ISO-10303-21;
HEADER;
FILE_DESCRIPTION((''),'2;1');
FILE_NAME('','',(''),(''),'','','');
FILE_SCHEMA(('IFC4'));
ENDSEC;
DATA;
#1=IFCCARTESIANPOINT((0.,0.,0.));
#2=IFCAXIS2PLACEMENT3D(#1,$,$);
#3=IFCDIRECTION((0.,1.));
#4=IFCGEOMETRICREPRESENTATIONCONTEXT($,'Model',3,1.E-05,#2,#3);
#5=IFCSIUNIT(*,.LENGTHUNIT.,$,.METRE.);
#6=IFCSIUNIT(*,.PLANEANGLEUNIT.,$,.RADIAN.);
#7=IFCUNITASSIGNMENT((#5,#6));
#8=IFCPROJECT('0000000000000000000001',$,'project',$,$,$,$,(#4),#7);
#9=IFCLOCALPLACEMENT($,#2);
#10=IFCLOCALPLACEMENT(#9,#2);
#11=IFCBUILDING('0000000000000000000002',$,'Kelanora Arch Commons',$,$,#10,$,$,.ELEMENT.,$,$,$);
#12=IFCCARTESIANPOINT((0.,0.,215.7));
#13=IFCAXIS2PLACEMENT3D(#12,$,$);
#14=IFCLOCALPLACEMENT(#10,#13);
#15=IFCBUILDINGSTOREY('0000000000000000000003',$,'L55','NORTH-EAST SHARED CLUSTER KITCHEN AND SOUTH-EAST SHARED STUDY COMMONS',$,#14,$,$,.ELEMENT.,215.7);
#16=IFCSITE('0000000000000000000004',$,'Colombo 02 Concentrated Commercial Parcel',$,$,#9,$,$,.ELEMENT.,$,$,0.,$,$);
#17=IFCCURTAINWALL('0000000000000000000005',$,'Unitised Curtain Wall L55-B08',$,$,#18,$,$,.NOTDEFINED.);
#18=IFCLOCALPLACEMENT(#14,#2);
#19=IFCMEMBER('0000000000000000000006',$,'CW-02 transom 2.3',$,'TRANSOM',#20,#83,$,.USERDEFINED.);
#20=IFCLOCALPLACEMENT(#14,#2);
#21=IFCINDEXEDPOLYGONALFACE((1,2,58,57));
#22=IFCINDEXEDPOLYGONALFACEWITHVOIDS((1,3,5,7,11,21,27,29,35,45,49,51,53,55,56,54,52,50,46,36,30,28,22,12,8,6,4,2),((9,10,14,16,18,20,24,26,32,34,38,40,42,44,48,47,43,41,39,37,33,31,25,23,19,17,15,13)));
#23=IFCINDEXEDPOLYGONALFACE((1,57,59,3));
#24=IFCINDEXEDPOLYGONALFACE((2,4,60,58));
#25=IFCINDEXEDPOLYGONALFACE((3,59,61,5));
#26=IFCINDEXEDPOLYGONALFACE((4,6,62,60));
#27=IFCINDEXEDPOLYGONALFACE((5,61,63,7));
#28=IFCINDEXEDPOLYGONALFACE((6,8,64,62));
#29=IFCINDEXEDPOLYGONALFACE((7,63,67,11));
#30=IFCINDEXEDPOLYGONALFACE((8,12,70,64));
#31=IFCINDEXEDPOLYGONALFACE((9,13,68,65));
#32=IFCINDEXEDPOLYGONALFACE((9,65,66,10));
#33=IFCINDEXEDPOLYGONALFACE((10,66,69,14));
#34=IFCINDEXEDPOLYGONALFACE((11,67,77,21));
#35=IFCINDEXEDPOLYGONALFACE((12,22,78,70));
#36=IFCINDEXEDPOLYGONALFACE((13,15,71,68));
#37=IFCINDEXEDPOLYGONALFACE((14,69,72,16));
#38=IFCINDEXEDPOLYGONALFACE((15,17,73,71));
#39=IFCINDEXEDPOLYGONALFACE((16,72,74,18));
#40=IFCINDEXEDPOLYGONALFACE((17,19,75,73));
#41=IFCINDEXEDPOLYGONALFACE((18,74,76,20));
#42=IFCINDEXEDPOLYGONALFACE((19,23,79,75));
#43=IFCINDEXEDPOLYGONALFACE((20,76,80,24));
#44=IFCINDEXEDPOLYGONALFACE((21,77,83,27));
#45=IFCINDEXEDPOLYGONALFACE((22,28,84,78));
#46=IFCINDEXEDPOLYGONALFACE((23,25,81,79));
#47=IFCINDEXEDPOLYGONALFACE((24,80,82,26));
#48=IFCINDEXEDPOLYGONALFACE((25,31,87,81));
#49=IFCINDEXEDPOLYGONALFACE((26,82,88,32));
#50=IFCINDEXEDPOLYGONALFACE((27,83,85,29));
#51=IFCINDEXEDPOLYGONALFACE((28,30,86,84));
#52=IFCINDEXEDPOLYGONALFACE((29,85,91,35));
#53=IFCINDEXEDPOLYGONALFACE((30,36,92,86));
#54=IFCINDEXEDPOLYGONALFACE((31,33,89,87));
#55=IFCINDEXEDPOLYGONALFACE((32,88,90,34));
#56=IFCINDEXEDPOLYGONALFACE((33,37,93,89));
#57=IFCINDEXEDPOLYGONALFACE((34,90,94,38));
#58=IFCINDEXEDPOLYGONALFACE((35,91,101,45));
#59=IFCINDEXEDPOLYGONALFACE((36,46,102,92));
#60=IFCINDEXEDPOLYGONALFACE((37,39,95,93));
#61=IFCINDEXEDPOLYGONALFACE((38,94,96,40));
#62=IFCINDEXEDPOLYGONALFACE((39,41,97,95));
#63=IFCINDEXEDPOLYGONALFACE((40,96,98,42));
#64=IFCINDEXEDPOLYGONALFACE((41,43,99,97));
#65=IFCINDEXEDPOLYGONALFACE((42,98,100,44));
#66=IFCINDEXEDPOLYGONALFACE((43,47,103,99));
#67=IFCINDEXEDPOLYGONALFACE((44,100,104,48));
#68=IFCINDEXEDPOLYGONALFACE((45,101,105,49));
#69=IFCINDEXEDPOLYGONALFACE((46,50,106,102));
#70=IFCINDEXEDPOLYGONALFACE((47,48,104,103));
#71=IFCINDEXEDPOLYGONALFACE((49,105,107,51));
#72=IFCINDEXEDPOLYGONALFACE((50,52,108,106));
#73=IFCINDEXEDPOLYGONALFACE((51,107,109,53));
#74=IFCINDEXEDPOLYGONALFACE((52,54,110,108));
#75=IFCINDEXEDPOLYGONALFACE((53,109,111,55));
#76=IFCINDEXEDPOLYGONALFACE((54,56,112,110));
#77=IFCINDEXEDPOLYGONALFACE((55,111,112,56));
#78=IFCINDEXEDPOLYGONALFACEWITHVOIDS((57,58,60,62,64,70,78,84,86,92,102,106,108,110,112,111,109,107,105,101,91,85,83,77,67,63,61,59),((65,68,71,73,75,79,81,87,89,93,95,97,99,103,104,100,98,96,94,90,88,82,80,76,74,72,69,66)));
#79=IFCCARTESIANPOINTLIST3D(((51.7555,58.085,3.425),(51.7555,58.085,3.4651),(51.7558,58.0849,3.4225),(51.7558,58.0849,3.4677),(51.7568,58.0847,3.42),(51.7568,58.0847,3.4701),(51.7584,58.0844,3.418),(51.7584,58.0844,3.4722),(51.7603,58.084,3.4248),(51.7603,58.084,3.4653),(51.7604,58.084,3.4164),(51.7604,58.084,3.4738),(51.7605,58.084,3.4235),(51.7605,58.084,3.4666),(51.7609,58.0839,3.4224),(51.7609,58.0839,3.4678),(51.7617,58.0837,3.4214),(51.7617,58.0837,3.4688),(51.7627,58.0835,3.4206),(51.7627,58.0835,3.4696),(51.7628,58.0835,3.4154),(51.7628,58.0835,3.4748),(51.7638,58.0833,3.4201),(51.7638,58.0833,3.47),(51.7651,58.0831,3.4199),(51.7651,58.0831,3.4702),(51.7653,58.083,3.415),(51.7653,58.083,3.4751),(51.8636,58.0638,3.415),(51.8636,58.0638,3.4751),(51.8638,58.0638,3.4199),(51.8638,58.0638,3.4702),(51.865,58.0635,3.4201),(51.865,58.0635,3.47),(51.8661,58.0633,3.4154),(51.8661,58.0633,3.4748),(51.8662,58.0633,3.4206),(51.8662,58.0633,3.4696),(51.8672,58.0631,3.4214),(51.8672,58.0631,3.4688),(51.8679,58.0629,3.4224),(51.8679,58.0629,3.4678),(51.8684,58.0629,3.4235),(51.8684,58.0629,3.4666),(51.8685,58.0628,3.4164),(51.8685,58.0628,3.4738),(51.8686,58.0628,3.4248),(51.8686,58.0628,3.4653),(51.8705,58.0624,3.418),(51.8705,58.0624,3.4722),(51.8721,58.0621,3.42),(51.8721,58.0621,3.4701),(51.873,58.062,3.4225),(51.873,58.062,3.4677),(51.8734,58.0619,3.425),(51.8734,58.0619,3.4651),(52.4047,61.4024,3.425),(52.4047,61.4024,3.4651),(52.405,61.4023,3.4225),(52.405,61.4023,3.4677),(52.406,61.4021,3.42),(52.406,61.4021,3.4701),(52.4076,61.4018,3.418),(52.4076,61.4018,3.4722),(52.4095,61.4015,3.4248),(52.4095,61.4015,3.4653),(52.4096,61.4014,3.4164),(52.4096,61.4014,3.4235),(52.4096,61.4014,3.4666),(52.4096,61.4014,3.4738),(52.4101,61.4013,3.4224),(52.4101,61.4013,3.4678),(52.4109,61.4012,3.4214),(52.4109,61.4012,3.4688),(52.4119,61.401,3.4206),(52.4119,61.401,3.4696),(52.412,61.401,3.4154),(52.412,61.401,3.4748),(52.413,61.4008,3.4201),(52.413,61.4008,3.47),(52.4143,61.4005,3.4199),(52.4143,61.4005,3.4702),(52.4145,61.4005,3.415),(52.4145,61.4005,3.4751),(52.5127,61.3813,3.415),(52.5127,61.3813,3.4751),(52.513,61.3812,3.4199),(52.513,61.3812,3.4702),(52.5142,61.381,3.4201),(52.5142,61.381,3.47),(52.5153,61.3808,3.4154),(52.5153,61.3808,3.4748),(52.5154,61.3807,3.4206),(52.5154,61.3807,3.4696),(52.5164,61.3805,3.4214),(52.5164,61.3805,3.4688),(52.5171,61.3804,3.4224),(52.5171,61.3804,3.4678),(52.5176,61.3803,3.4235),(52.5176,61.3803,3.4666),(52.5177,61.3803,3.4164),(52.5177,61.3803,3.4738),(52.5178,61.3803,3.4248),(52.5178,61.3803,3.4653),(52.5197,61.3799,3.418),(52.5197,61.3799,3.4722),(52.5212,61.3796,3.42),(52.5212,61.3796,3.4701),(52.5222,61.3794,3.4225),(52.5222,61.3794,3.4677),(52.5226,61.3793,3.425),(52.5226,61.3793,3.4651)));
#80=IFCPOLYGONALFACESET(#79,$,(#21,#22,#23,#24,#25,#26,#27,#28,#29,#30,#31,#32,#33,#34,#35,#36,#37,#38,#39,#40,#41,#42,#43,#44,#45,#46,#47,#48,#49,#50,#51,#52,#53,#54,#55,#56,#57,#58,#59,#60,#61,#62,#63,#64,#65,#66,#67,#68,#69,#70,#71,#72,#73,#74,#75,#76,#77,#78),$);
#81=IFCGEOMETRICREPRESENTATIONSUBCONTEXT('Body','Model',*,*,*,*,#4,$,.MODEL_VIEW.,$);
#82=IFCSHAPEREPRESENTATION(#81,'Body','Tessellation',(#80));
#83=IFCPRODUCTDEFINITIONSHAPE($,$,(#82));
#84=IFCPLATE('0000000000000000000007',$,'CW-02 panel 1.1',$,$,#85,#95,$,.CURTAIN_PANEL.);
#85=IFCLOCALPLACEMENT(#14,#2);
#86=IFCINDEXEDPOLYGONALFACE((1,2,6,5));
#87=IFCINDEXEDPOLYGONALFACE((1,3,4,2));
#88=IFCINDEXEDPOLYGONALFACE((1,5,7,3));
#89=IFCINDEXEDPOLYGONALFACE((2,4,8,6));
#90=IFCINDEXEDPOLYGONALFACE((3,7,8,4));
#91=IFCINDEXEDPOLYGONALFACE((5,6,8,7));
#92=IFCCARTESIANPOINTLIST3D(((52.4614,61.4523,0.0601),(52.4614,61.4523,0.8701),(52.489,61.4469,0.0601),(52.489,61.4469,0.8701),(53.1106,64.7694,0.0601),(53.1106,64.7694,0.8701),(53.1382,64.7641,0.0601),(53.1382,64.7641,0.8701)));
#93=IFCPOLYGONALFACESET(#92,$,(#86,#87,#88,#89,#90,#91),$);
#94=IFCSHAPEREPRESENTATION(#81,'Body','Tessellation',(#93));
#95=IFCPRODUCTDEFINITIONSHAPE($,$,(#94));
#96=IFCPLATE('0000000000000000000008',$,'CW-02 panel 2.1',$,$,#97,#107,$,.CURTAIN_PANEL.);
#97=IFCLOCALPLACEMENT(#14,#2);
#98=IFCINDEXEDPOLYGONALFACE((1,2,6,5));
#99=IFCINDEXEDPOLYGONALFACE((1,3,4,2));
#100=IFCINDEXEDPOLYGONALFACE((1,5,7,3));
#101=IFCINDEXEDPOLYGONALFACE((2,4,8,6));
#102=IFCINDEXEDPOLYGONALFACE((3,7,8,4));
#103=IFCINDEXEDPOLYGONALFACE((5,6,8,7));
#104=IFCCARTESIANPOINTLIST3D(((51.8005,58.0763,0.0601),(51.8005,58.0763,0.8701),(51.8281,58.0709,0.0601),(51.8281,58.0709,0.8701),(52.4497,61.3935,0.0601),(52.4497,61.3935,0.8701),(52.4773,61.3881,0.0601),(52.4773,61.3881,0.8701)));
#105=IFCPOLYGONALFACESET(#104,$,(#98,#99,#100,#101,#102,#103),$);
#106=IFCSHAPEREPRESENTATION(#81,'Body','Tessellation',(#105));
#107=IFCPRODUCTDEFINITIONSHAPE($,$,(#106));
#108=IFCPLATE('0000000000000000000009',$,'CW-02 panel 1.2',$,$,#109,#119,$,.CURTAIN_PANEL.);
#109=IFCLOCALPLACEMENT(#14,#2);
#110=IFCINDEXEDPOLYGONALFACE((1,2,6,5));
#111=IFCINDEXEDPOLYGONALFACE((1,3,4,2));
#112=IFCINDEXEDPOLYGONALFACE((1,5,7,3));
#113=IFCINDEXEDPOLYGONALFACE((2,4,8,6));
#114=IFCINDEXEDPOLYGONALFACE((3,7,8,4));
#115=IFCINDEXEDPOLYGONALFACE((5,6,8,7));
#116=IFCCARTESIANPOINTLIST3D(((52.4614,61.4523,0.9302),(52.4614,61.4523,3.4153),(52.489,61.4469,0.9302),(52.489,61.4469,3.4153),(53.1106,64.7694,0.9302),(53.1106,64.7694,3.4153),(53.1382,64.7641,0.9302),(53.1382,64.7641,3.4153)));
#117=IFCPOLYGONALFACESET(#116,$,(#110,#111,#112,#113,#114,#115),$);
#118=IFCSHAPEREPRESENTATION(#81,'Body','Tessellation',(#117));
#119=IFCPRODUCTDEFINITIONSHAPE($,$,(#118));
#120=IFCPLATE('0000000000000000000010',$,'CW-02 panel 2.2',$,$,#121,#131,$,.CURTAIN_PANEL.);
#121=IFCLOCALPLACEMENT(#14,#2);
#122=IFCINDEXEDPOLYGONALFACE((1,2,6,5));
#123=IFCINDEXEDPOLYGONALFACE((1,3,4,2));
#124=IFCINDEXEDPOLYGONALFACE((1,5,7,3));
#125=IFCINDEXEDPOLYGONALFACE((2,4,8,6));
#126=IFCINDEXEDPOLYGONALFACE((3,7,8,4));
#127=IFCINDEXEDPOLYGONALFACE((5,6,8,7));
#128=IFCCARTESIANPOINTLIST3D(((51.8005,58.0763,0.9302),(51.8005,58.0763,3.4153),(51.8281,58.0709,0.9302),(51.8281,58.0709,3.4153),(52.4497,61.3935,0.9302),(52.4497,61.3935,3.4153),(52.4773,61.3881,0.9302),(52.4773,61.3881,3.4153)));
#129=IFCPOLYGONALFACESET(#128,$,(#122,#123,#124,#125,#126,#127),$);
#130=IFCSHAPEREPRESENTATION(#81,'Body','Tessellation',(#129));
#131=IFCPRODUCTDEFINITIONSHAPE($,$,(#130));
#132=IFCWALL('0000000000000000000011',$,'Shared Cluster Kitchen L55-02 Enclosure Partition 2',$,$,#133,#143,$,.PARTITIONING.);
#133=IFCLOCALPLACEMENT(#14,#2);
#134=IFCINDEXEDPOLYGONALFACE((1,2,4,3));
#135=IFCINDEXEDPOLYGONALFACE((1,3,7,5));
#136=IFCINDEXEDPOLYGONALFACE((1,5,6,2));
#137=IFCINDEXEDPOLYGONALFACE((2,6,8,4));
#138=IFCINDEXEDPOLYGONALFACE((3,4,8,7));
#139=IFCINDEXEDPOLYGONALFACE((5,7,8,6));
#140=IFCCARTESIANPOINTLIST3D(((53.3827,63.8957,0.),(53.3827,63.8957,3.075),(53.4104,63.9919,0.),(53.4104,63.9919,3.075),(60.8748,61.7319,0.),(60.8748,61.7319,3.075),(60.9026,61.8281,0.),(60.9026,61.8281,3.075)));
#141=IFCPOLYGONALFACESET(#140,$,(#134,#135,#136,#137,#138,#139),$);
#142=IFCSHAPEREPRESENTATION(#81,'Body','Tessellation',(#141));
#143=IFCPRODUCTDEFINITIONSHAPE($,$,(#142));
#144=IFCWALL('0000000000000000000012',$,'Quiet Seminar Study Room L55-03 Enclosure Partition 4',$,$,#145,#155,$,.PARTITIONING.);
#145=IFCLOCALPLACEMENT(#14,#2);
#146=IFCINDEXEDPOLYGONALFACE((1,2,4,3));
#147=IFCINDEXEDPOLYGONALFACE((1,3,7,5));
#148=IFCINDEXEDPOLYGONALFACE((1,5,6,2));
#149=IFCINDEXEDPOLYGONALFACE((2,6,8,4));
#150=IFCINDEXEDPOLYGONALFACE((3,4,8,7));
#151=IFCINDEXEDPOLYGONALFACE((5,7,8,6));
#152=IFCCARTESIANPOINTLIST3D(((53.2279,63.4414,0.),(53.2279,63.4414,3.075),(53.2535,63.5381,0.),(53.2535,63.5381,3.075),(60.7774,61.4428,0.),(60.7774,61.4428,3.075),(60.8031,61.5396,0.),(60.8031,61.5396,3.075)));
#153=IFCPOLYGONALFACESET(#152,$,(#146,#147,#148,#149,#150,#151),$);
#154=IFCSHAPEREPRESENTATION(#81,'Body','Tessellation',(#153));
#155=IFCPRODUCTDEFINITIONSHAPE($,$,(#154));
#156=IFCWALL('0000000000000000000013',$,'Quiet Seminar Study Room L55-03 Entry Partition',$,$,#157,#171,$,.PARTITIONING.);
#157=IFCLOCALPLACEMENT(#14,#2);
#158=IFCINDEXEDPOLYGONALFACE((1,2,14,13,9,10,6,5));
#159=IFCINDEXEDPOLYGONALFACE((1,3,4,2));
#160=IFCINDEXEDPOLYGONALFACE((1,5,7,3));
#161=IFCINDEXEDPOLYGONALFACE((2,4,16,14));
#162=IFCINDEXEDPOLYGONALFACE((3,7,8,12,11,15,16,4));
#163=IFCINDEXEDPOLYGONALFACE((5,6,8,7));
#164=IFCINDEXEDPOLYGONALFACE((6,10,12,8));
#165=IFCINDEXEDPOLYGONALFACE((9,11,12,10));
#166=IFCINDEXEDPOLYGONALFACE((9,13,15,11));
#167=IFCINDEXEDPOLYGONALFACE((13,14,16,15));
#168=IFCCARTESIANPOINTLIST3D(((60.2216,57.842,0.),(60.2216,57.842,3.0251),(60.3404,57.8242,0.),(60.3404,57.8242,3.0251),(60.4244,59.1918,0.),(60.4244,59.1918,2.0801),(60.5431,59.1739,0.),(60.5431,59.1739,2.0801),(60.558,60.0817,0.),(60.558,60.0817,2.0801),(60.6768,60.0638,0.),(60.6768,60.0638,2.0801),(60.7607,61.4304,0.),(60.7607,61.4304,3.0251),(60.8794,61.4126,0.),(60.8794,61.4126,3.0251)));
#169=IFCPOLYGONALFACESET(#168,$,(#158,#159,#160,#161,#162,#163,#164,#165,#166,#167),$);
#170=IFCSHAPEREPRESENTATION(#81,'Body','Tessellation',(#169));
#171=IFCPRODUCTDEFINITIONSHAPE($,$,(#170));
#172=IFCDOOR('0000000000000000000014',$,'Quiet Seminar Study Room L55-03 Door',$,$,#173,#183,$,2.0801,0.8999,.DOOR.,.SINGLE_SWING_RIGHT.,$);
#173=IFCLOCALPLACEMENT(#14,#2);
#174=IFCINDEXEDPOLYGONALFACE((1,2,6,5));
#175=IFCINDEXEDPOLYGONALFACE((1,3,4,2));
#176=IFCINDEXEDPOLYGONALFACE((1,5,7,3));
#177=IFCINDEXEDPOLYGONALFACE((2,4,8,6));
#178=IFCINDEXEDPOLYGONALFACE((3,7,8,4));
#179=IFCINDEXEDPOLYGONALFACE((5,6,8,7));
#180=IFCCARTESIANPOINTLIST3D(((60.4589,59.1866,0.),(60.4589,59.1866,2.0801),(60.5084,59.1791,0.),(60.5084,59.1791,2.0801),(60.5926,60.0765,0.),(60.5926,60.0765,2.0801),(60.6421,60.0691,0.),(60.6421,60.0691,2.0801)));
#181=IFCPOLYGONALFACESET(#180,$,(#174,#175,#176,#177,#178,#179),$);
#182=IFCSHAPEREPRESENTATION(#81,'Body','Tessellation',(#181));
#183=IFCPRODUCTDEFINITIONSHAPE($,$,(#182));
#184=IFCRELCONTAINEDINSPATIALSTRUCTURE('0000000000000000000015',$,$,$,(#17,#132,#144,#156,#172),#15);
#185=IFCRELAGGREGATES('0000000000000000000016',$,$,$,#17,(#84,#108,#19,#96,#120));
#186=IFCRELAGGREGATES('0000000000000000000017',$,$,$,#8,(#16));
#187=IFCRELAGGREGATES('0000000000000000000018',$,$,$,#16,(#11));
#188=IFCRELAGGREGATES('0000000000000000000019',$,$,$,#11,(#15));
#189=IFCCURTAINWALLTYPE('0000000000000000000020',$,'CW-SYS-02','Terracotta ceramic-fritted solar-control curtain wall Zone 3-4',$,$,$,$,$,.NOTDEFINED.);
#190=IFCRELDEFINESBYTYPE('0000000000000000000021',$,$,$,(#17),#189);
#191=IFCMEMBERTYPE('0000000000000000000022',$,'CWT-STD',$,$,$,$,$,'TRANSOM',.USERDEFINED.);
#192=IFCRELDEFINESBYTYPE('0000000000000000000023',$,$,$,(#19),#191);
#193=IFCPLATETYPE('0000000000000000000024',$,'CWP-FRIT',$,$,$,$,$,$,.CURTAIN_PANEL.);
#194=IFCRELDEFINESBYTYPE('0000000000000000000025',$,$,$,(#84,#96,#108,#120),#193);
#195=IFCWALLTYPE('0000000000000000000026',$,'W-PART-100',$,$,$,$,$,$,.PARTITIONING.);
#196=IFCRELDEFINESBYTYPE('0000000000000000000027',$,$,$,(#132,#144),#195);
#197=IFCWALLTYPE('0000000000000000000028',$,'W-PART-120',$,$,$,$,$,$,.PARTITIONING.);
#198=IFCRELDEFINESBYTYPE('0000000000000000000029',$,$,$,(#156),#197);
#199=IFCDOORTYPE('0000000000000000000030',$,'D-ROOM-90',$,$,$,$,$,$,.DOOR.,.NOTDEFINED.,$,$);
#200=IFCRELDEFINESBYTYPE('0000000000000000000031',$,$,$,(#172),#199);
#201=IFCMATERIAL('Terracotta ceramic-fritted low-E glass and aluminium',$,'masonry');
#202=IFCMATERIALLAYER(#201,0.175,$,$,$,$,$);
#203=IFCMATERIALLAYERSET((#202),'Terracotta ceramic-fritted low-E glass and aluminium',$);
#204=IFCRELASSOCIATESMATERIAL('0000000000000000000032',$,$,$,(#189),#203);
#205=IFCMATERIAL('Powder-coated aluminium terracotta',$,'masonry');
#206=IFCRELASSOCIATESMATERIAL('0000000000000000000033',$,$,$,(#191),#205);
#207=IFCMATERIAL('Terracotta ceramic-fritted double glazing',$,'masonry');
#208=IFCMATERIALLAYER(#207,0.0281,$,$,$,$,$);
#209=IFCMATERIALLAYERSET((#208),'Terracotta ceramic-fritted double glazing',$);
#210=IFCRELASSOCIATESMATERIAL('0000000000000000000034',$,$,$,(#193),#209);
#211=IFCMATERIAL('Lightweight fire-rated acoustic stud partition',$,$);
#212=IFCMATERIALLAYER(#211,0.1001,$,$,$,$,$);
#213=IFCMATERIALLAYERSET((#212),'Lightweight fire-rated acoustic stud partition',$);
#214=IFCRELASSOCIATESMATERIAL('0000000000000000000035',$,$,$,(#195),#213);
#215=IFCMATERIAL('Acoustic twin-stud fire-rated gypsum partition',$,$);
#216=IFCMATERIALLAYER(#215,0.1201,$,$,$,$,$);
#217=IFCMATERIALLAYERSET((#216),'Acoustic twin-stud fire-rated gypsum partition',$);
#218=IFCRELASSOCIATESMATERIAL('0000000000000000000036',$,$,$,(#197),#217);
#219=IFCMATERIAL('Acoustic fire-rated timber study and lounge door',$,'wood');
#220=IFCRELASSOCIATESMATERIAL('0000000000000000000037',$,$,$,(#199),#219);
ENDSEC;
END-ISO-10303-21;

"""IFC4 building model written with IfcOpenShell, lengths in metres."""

from ifc_helpers import new_model, si_unit, direction, frame, frame_2d, origin, origin_2d, place, context, subcontext, project, spatial, rectangle, hollow_rectangle, extrude, source, transform, mapped, material, layer, layer_set, material_profile, profile_set, type_object, element, fill, aggregate, save


model = new_model("IFC4")

# Units and contexts
model_context = context("Model", 3, precision=1e-05, world=origin(), true_north=direction((0.0, 1.0)))
body_context = subcontext(model_context, "Body", "Model", "MODEL_VIEW")
ifc_project = project(units=[si_unit("LENGTHUNIT", "METRE"), si_unit("PLANEANGLEUNIT", "RADIAN")], contexts=[model_context])

# Site, building, storey
site_placement = place(None, origin())
site = spatial("IfcSite", under=ifc_project, at=site_placement, Name="Colombo 02 Concentrated Commercial Parcel", CompositionType="ELEMENT", RefElevation=0.0)
building_placement = place(site_placement, origin())
building = spatial("IfcBuilding", under=site, at=building_placement, Name="Kelanora Arch Commons", CompositionType="ELEMENT")
storey_placement = place(building_placement, frame((0.0, 0.0, 215.7)))
storey = spatial("IfcBuildingStorey", under=building, at=storey_placement, Name="L55", Description="NORTH-EAST SHARED CLUSTER KITCHEN AND SOUTH-EAST SHARED STUDY COMMONS", CompositionType="ELEMENT", Elevation=215.7)

# Curtain wall, member, plates
ifc_material_1 = material(Name="Terracotta ceramic-fritted low-E glass and aluminium", Category="masonry")
ifc_layer_1 = layer(ifc_material_1, 0.175)
ifc_layer_set_1 = layer_set([ifc_layer_1], Name="Terracotta ceramic-fritted low-E glass and aluminium")
curtain_wall_type = type_object("IfcCurtainWallType", Name="CW-SYS-02", Description="Terracotta ceramic-fritted solar-control curtain wall Zone 3-4", PredefinedType="NOTDEFINED", material=ifc_layer_set_1)
curtain_wall_placement = place(storey_placement, origin())
curtain_wall = element("IfcCurtainWall", 1, at=curtain_wall_placement, inside=storey, type_object=curtain_wall_type, Name="Unitised Curtain Wall L55-B08", PredefinedType="NOTDEFINED")
ifc_material_2 = material(Name="Powder-coated aluminium terracotta", Category="masonry")
ifc_material_profile_1 = material_profile(ifc_material_2, hollow_rectangle(XDim=0.1201, YDim=0.0601, WallThickness=0.0049, InnerFilletRadius=0.0049, OuterFilletRadius=0.01, at=origin_2d()), Name="CWT120x60")
ifc_profile_set_1 = profile_set([ifc_material_profile_1], Name="Powder-coated aluminium terracotta")
member_type_1 = type_object("IfcMemberType", Name="CWT-STD", ElementType="TRANSOM", PredefinedType="USERDEFINED", material=ifc_profile_set_1)
member_1_placement = place(storey_placement, frame((52.4636, 61.3909, 3.4451), z_axis=(-0.192045, -0.981386, 0.0), x_axis=(0.981386, -0.192045, 0.0)))
member_1 = element("IfcMember", 2, at=member_1_placement, type_object=member_type_1, Name="CW-02 transom 2.3", ObjectType="TRANSOM", PredefinedType="USERDEFINED", context=body_context, shape_type="SweptSolid", body=[
    extrude(hollow_rectangle(XDim=0.1201, YDim=0.0601, WallThickness=0.0049, InnerFilletRadius=0.0049, OuterFilletRadius=0.01, at=origin_2d()), origin(), (0.0, 0.0, 1.0), 3.3804),
])
ifc_material_3 = material(Name="Terracotta ceramic-fritted double glazing", Category="masonry")
ifc_layer_2 = layer(ifc_material_3, 0.0281)
ifc_layer_set_2 = layer_set([ifc_layer_2], Name="Terracotta ceramic-fritted double glazing")
plate_type = type_object("IfcPlateType", Name="CWP-FRIT", PredefinedType="CURTAIN_PANEL", material=ifc_layer_set_2)
shared_shape_1 = source(origin(), body_context, "Body", "SweptSolid", [
    extrude(rectangle(XDim=3.3801, YDim=0.0281, at=origin_2d()), origin(), (0.0, 0.0, 1.0), 0.8101),
])
plate_1_placement = place(storey_placement, frame((52.7998, 63.1082, 0.0601), z_axis=(0.0, 0.0, 1.0), x_axis=(-0.192069, -0.981381, 0.0)))
plate_1 = element("IfcPlate", 3, at=plate_1_placement, type_object=plate_type, Name="CW-02 panel 1.1", PredefinedType="CURTAIN_PANEL", context=body_context, shape_type="MappedRepresentation", body=[
    mapped(shared_shape_1, transform((0.0, 0.0, 0.0), scale=1.0)),
])
plate_2_placement = place(storey_placement, frame((52.1389, 59.7322, 0.0601), z_axis=(0.0, 0.0, 1.0), x_axis=(-0.192069, -0.981381, 0.0)))
plate_2 = element("IfcPlate", 4, at=plate_2_placement, type_object=plate_type, Name="CW-02 panel 2.1", PredefinedType="CURTAIN_PANEL", context=body_context, shape_type="MappedRepresentation", body=[
    mapped(shared_shape_1, transform((0.0, 0.0, 0.0), scale=1.0)),
])
shared_shape_2 = source(origin(), body_context, "Body", "SweptSolid", [
    extrude(rectangle(XDim=3.3801, YDim=0.0281, at=origin_2d()), origin(), (0.0, 0.0, 1.0), 2.4851),
])
plate_3_placement = place(storey_placement, frame((52.7998, 63.1082, 0.9302), z_axis=(0.0, 0.0, 1.0), x_axis=(-0.192069, -0.981381, 0.0)))
plate_3 = element("IfcPlate", 5, at=plate_3_placement, type_object=plate_type, Name="CW-02 panel 1.2", PredefinedType="CURTAIN_PANEL", context=body_context, shape_type="MappedRepresentation", body=[
    mapped(shared_shape_2, transform((0.0, 0.0, 0.0), scale=1.0)),
])
plate_4_placement = place(storey_placement, frame((52.1389, 59.7322, 0.9302), z_axis=(0.0, 0.0, 1.0), x_axis=(-0.192069, -0.981381, 0.0)))
plate_4 = element("IfcPlate", 6, at=plate_4_placement, type_object=plate_type, Name="CW-02 panel 2.2", PredefinedType="CURTAIN_PANEL", context=body_context, shape_type="MappedRepresentation", body=[
    mapped(shared_shape_2, transform((0.0, 0.0, 0.0), scale=1.0)),
])
aggregate(curtain_wall, [plate_1, plate_3, member_1, plate_2, plate_4])

# Walls
ifc_material_4 = material(Name="Lightweight fire-rated acoustic stud partition")
ifc_layer_3 = layer(ifc_material_4, 0.1001)
ifc_layer_set_3 = layer_set([ifc_layer_3], Name="Lightweight fire-rated acoustic stud partition")
wall_type_1 = type_object("IfcWallType", Name="W-PART-100", PredefinedType="PARTITIONING", material=ifc_layer_set_3)
wall_1_placement = place(storey_placement, frame((60.8887, 61.78, 0.0), z_axis=(0.0, 0.0, 1.0), x_axis=(-0.960734, 0.27747, 0.0)))
element("IfcWall", 7, at=wall_1_placement, inside=storey, type_object=wall_type_1, Name="Shared Cluster Kitchen L55-02 Enclosure Partition 2", PredefinedType="PARTITIONING", context=body_context, shape_type="SweptSolid", body=[
    extrude(rectangle(XDim=7.7983, YDim=0.1001, at=frame_2d((3.8992, 0.0))), origin(), (0.0, 0.0, 1.0), 3.075),
])
wall_2_placement = place(storey_placement, frame((53.2407, 63.4897, 0.0), z_axis=(0.0, 0.0, 1.0), x_axis=(0.966701, -0.255907, 0.0)))
element("IfcWall", 8, at=wall_2_placement, inside=storey, type_object=wall_type_1, Name="Quiet Seminar Study Room L55-03 Enclosure Partition 4", PredefinedType="PARTITIONING", context=body_context, shape_type="SweptSolid", body=[
    extrude(rectangle(XDim=7.8096, YDim=0.1001, at=frame_2d((3.9048, 0.0))), origin(), (0.0, 0.0, 1.0), 3.075),
])

# Wall, opening, door
ifc_material_5 = material(Name="Acoustic twin-stud fire-rated gypsum partition")
ifc_layer_4 = layer(ifc_material_5, 0.1201)
ifc_layer_set_4 = layer_set([ifc_layer_4], Name="Acoustic twin-stud fire-rated gypsum partition")
wall_type_2 = type_object("IfcWallType", Name="W-PART-120", PredefinedType="PARTITIONING", material=ifc_layer_set_4)
wall_3_placement = place(storey_placement, frame((60.8201, 61.4216, 0.0), z_axis=(0.0, 0.0, 1.0), x_axis=(-0.148558, -0.988904, 0.0)))
wall_3 = element("IfcWall", 9, at=wall_3_placement, inside=storey, type_object=wall_type_2, Name="Quiet Seminar Study Room L55-03 Entry Partition", PredefinedType="PARTITIONING", context=body_context, shape_type="SweptSolid", body=[
    extrude(rectangle(XDim=3.6287, YDim=0.1201, at=frame_2d((1.8145, 0.0))), origin(), (0.0, 0.0, 1.0), 3.0251),
])
opening_placement = place(wall_3_placement, frame((1.364, 0.0, 0.0)))
opening = element("IfcOpeningElement", 10, at=opening_placement, cuts=wall_3, PredefinedType="OPENING", context=body_context, shape_type="SweptSolid", body=[
    extrude(rectangle(XDim=0.8999, YDim=2.0801, at=frame_2d((0.45, 1.04))), frame((0.0, 0.0701, 0.0), z_axis=(0.0, -1.0, 0.0), x_axis=(1.0, 0.0, 0.0)), (0.0, 0.0, 1.0), 0.1401),
])
ifc_material_6 = material(Name="Acoustic fire-rated timber study and lounge door", Category="wood")
door_type = type_object("IfcDoorType", Name="D-ROOM-90", OperationType="NOTDEFINED", PredefinedType="DOOR", material=ifc_material_6)
door_placement = place(opening_placement, origin())
door = element("IfcDoor", 11, at=door_placement, inside=storey, type_object=door_type, Name="Quiet Seminar Study Room L55-03 Door", OperationType="SINGLE_SWING_RIGHT", OverallHeight=2.0801, OverallWidth=0.8999, PredefinedType="DOOR", context=body_context, shape_type="SweptSolid", body=[
    extrude(rectangle(XDim=0.8999, YDim=2.0801, at=frame_2d((0.45, 1.04))), frame((0.0, 0.0249, 0.0), z_axis=(0.0, -1.0, 0.0), x_axis=(1.0, 0.0, 0.0)), (0.0, 0.0, 1.0), 0.05),
])
fill(opening, door)

save(model, "model.ifc")
